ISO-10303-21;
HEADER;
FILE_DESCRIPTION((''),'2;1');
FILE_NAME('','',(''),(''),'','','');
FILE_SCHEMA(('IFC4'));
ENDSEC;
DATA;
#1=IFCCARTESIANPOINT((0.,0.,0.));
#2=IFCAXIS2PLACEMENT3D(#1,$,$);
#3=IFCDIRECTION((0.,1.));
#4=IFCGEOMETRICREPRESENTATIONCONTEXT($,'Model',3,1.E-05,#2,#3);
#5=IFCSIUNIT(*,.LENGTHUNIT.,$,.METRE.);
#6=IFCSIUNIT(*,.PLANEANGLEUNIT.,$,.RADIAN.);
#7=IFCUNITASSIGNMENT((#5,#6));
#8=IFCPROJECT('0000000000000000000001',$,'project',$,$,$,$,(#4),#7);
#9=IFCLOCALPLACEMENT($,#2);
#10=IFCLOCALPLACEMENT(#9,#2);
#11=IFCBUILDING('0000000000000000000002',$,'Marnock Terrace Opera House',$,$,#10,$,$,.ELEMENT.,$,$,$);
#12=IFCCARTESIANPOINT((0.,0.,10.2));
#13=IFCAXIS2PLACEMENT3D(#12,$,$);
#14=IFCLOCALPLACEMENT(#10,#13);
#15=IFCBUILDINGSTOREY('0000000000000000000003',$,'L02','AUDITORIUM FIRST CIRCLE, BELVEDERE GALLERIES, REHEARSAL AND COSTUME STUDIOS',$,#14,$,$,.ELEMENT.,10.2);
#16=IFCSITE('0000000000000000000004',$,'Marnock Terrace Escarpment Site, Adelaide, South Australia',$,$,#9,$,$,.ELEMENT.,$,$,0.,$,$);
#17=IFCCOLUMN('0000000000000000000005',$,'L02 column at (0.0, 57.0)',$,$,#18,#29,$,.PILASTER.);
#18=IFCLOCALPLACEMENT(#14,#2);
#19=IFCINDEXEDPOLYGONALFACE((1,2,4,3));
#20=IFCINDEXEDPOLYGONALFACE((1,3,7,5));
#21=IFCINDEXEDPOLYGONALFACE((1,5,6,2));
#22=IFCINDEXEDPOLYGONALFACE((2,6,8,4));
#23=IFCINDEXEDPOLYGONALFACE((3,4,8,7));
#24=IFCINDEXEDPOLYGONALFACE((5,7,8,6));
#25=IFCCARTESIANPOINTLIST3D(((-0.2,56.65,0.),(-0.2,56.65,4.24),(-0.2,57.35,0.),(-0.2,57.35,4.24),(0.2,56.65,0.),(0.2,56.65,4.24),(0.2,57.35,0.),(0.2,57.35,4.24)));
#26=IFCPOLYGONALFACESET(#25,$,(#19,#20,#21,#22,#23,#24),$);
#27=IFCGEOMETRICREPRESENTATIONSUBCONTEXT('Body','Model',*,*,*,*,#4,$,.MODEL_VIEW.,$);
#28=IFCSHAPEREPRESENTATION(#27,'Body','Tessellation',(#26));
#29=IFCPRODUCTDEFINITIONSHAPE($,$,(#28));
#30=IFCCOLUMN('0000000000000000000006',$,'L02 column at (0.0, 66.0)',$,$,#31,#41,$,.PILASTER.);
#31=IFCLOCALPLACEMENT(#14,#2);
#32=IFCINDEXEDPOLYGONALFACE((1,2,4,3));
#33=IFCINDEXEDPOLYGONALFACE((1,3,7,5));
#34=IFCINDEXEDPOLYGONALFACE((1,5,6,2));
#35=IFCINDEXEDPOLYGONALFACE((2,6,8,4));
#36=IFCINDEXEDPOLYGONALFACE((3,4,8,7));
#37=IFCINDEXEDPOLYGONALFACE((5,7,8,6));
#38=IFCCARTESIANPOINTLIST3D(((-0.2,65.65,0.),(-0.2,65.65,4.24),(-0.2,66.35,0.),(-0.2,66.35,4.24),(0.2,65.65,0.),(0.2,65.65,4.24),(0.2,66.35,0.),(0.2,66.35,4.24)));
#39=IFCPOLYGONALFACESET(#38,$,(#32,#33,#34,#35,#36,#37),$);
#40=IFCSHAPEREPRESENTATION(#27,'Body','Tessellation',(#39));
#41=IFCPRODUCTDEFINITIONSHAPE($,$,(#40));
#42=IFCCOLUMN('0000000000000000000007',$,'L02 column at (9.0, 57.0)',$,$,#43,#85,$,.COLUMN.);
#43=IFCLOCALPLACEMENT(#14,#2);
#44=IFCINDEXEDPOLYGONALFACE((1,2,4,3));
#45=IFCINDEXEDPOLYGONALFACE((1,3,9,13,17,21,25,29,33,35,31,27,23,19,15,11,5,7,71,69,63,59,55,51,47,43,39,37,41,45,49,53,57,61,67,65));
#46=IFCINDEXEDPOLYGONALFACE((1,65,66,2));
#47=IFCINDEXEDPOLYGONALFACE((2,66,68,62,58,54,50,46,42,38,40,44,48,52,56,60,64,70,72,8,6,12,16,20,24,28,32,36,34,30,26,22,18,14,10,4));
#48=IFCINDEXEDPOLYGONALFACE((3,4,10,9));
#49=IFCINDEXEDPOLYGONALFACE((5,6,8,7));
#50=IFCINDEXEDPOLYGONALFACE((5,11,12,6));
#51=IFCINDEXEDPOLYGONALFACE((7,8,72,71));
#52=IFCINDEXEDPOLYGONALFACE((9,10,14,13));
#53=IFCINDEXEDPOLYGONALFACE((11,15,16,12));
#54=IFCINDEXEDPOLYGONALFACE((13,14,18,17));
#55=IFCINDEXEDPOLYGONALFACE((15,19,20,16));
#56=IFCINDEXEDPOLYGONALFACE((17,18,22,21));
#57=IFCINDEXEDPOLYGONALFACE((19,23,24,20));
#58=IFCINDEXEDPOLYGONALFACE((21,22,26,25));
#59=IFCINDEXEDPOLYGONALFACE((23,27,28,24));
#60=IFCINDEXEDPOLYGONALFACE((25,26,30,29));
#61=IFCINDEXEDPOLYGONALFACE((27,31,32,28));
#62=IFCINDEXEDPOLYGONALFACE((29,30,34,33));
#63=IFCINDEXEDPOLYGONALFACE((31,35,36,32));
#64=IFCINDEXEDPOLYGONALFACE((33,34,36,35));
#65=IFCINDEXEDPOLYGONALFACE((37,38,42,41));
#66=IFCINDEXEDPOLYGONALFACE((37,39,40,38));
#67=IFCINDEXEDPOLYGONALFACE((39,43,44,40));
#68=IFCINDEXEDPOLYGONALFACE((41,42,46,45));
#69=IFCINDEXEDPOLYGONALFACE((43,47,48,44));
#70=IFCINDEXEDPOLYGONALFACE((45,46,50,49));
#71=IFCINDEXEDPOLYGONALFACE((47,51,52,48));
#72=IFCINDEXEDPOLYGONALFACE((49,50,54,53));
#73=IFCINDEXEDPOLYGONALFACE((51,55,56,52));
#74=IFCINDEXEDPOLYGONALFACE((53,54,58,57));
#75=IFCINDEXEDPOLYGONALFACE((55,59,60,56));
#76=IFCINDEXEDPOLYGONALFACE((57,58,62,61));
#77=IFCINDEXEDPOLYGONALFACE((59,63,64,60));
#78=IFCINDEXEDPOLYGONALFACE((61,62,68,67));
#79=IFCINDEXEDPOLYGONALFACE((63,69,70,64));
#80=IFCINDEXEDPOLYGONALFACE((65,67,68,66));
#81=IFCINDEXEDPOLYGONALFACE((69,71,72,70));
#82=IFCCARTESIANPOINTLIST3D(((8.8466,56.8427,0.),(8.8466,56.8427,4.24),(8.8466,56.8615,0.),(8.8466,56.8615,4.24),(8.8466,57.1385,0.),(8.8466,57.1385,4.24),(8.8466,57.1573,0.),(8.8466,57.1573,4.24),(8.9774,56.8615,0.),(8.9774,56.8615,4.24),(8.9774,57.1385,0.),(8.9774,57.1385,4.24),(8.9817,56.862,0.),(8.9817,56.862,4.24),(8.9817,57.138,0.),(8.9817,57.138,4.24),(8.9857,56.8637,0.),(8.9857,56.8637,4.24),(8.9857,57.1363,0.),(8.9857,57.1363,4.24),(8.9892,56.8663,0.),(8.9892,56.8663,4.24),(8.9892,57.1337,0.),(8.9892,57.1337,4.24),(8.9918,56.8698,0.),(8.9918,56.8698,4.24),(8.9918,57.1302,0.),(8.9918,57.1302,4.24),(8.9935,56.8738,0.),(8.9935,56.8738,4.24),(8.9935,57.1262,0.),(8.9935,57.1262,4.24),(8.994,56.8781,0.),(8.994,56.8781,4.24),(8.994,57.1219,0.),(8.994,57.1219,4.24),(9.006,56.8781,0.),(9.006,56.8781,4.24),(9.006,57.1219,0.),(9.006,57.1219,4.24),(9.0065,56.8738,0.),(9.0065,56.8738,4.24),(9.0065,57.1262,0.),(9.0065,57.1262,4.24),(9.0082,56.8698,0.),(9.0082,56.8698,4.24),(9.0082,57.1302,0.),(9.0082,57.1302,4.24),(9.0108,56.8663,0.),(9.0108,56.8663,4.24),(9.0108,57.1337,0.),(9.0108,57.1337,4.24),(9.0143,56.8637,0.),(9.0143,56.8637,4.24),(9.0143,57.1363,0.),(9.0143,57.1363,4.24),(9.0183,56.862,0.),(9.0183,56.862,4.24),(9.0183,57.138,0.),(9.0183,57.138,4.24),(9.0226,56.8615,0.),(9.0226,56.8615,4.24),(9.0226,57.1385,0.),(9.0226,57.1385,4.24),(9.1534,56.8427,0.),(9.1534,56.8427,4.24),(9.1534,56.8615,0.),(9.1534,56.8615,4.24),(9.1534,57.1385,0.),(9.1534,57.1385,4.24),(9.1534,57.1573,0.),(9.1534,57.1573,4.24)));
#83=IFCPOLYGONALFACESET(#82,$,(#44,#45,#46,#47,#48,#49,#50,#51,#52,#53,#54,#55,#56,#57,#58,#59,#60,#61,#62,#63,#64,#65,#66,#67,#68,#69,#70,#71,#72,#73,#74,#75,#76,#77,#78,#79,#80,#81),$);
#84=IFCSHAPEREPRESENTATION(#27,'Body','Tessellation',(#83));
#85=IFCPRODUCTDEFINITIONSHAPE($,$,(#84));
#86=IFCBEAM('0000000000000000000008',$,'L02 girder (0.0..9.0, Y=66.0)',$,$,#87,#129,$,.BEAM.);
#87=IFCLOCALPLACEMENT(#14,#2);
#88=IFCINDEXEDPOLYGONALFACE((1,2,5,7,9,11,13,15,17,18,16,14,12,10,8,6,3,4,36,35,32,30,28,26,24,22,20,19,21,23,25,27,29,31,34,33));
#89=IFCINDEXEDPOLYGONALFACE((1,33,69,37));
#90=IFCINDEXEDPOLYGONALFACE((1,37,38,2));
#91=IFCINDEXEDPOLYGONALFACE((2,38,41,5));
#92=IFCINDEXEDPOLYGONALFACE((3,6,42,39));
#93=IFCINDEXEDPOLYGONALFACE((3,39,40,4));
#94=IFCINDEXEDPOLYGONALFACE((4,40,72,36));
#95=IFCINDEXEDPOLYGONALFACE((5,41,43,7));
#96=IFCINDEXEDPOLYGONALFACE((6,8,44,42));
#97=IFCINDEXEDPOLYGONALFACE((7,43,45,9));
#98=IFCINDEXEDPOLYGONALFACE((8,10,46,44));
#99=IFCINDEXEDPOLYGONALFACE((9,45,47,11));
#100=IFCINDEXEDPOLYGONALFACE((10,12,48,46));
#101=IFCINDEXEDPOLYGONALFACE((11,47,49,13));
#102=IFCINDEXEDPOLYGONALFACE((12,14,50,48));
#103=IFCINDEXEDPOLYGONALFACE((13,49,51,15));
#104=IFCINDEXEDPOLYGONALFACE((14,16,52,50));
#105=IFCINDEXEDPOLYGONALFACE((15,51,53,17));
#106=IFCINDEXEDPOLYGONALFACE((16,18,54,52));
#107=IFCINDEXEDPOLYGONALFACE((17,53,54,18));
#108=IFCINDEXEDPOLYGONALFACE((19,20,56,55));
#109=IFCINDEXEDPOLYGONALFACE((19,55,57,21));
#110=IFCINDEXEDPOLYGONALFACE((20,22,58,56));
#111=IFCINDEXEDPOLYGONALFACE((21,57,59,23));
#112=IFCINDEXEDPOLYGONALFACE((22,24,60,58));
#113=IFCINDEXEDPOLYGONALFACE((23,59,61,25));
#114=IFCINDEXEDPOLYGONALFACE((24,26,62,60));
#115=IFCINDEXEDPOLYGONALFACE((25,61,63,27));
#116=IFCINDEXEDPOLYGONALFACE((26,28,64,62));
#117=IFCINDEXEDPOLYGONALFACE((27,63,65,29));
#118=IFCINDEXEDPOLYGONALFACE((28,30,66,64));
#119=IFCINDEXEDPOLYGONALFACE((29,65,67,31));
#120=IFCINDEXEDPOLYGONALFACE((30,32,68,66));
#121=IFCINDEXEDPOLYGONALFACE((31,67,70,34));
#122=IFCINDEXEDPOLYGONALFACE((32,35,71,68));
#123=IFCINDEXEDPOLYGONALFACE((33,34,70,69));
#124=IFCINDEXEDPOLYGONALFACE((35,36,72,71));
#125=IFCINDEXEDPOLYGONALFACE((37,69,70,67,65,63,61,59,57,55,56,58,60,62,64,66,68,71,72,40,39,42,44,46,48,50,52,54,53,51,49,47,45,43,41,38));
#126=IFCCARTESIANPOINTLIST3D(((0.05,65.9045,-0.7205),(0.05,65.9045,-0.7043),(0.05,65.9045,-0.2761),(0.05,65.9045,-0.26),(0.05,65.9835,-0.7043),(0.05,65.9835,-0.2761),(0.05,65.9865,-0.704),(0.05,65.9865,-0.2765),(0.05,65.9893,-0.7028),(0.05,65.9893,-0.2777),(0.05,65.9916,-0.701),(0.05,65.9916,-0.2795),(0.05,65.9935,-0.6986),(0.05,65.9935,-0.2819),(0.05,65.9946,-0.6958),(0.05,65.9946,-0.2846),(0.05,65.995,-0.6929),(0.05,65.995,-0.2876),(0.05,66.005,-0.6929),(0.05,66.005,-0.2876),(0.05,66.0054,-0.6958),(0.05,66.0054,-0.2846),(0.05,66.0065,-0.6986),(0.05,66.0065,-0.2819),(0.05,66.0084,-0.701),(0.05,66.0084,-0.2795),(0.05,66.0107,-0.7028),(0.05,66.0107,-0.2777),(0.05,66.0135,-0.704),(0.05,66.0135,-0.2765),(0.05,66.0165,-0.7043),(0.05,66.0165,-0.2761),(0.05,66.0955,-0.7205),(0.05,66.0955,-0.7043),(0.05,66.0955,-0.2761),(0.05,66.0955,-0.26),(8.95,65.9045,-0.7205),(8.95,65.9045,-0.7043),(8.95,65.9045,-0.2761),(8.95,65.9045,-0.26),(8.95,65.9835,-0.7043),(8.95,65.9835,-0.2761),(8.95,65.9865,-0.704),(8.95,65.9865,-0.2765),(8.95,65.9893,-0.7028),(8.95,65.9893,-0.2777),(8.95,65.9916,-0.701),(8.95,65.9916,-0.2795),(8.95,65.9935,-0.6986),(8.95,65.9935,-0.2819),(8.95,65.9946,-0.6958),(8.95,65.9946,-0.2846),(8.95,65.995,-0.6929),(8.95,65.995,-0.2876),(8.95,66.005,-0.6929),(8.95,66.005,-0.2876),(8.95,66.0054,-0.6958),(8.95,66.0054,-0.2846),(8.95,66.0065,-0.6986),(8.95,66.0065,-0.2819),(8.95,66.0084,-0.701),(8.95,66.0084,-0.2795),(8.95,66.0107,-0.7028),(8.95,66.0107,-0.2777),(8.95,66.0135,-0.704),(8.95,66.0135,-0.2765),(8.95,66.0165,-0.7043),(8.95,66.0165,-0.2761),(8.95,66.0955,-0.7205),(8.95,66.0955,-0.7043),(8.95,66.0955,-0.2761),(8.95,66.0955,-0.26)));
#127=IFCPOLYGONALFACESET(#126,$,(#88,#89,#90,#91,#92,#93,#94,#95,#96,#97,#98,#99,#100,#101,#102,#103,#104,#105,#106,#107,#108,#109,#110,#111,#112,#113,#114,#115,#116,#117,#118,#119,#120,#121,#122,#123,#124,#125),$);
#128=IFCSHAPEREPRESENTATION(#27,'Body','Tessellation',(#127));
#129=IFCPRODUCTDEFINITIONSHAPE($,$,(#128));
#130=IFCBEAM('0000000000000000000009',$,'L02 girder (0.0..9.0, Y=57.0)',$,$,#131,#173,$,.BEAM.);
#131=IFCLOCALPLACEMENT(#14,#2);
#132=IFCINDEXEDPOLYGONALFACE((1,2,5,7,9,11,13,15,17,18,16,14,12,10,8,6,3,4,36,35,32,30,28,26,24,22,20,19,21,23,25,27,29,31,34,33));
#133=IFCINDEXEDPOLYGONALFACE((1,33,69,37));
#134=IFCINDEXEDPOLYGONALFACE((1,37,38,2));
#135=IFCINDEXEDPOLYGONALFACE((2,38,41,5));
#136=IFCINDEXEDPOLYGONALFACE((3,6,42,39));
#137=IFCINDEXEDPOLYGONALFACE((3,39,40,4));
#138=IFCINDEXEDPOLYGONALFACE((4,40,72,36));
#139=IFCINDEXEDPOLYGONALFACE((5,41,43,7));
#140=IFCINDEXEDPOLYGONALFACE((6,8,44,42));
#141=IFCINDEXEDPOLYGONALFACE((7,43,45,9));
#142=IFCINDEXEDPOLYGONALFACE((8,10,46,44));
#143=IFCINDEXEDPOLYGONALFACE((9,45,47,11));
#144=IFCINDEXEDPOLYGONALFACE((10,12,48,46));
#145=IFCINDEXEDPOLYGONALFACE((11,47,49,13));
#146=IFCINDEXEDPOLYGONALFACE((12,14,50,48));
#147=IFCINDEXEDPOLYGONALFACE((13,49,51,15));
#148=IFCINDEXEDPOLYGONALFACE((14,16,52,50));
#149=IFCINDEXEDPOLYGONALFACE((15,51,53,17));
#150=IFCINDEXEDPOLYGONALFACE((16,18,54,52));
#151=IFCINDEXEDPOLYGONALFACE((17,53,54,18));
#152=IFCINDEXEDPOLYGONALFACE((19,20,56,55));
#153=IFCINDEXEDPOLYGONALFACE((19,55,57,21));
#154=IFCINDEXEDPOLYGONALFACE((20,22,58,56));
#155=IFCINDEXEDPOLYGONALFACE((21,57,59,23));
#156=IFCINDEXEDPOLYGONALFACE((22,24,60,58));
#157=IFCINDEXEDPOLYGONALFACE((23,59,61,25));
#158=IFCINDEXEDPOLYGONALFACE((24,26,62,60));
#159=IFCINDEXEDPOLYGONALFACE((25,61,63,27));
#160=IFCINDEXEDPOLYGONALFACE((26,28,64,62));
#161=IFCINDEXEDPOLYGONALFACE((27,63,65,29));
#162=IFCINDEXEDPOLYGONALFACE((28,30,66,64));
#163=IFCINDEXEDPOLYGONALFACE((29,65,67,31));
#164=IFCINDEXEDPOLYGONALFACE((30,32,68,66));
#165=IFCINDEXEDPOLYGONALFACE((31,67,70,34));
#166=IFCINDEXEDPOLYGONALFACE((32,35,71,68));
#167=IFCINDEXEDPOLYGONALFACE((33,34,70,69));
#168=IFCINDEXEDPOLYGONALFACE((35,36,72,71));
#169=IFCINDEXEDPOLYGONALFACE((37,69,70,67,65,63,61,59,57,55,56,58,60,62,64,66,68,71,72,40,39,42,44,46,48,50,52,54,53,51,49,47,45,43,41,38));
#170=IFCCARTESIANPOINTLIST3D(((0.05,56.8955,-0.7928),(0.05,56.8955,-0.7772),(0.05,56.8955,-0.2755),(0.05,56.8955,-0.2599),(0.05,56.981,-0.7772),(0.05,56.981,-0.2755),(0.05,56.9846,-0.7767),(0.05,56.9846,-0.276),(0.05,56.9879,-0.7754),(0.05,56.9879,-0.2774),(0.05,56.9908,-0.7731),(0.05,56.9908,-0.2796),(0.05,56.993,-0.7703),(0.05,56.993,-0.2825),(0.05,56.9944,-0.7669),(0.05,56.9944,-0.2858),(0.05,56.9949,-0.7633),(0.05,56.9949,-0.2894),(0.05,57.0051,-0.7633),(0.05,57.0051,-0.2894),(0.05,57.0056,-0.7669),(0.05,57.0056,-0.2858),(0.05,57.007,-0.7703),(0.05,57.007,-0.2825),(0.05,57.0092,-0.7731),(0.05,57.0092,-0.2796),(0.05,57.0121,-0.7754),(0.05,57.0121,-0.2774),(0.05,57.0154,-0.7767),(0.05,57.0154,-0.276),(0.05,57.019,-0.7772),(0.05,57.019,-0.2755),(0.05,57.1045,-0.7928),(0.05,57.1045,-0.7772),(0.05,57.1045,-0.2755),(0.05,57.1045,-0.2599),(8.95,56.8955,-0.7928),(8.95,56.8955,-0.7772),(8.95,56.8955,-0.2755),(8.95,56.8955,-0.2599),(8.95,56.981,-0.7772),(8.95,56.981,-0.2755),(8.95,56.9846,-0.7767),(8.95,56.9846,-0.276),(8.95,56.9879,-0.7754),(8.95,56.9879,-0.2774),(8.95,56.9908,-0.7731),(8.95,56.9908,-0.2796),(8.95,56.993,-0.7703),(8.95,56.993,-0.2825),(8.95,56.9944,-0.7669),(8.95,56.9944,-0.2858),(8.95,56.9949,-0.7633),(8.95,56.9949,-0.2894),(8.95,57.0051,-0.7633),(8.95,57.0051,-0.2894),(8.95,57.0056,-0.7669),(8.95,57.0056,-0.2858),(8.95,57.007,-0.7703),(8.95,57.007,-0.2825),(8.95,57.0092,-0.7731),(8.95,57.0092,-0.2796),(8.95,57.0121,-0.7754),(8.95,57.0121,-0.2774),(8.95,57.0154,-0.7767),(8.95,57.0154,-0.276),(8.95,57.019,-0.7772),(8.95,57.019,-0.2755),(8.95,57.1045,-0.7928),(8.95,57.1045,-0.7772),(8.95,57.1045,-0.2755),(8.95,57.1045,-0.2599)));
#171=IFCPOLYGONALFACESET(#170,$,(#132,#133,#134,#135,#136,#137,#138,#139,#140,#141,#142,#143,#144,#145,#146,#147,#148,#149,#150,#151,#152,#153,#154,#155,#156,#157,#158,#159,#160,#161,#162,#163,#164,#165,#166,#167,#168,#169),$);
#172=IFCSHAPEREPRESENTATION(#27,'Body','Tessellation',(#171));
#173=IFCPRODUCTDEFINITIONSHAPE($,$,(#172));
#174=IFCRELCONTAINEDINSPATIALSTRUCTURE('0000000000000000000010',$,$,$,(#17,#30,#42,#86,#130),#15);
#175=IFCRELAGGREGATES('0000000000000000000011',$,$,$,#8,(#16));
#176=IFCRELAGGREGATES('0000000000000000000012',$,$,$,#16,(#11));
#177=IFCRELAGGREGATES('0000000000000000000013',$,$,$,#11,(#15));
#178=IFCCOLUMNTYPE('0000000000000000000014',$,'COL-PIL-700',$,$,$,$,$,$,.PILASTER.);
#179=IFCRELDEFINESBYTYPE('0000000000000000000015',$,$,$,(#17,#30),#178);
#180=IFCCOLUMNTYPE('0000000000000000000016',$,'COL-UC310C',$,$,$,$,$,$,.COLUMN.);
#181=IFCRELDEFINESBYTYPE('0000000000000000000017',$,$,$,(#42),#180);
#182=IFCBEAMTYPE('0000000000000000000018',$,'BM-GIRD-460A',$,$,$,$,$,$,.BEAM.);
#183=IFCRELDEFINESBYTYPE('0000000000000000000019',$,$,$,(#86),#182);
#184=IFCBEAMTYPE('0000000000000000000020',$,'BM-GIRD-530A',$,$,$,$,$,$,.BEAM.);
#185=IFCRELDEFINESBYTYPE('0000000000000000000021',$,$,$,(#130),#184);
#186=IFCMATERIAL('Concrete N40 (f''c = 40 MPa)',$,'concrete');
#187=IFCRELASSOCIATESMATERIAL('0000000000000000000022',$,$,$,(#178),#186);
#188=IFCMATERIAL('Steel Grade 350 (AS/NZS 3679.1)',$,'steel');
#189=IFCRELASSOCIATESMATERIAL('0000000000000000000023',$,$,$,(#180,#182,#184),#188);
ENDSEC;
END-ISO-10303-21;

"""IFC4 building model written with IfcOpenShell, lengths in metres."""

from ifc_helpers import new_model, si_unit, direction, frame, origin, origin_2d, place, context, subcontext, project, spatial, rectangle, i_section, extrude, material, material_profile, profile_set, type_object, element, save


model = new_model("IFC4")

# Units and contexts
model_context = context("Model", 3, precision=1e-05, world=origin(), true_north=direction((0.0, 1.0)))
body_context = subcontext(model_context, "Body", "Model", "MODEL_VIEW")
ifc_project = project(units=[si_unit("LENGTHUNIT", "METRE"), si_unit("PLANEANGLEUNIT", "RADIAN")], contexts=[model_context])

# Site, building, storey
site_placement = place(None, origin())
site = spatial("IfcSite", under=ifc_project, at=site_placement, Name="Marnock Terrace Escarpment Site, Adelaide, South Australia", CompositionType="ELEMENT", RefElevation=0.0)
building_placement = place(site_placement, origin())
building = spatial("IfcBuilding", under=site, at=building_placement, Name="Marnock Terrace Opera House", CompositionType="ELEMENT")
storey_placement = place(building_placement, frame((0.0, 0.0, 10.2)))
storey = spatial("IfcBuildingStorey", under=building, at=storey_placement, Name="L02", Description="AUDITORIUM FIRST CIRCLE, BELVEDERE GALLERIES, REHEARSAL AND COSTUME STUDIOS", CompositionType="ELEMENT", Elevation=10.2)

# Columns
ifc_material_1 = material(Name="Concrete N40 (f'c = 40 MPa)", Category="concrete")
ifc_material_profile_1 = material_profile(ifc_material_1, rectangle(XDim=0.3999, YDim=0.7, at=origin_2d()))
ifc_profile_set_1 = profile_set([ifc_material_profile_1], Name="Concrete N40 (f'c = 40 MPa)")
column_type_1 = type_object("IfcColumnType", Name="COL-PIL-700", PredefinedType="PILASTER", material=ifc_profile_set_1)
for number, where, z_axis, x_axis, name in (
    (1, (0.0, 57.0, 0.0), (0.0, 0.0, 1.0), (1.0, 0.0, 0.0), "L02 column at (0.0, 57.0)"),
    (2, (0.0, 66.0, 0.0), (0.0, 0.0, 1.0), (1.0, 0.0, 0.0), "L02 column at (0.0, 66.0)"),
):
    element("IfcColumn", number, at=place(storey_placement, frame(where, z_axis=z_axis, x_axis=x_axis)), inside=storey, type_object=column_type_1, Name=name, PredefinedType="PILASTER", context=body_context, shape_type="SweptSolid", body=[
        extrude(rectangle(XDim=0.3999, YDim=0.7, at=origin_2d()), origin(), (0.0, 0.0, 1.0), 4.24),
    ])
ifc_material_2 = material(Name="Steel Grade 350 (AS/NZS 3679.1)", Category="steel")
ifc_material_profile_2 = material_profile(ifc_material_2, i_section(OverallWidth=0.3069, OverallDepth=0.3147, WebThickness=0.012, FlangeThickness=0.0188, FilletRadius=0.0166, at=origin_2d()))
ifc_profile_set_2 = profile_set([ifc_material_profile_2], Name="Steel Grade 350 (AS/NZS 3679.1)")
column_type_2 = type_object("IfcColumnType", Name="COL-UC310C", PredefinedType="COLUMN", material=ifc_profile_set_2)
column_placement = place(storey_placement, frame((9.0, 57.0, 0.0), z_axis=(0.0, 0.0, 1.0), x_axis=(1.0, 0.0, 0.0)))
element("IfcColumn", 3, at=column_placement, inside=storey, type_object=column_type_2, Name="L02 column at (9.0, 57.0)", PredefinedType="COLUMN", context=body_context, shape_type="SweptSolid", body=[
    extrude(i_section(OverallWidth=0.3069, OverallDepth=0.3147, WebThickness=0.012, FlangeThickness=0.0188, FilletRadius=0.0166, at=origin_2d()), origin(), (0.0, 0.0, 1.0), 4.24),
])

# Beams
ifc_material_profile_3 = material_profile(ifc_material_2, i_section(OverallWidth=0.1909, OverallDepth=0.4604, WebThickness=0.01, FlangeThickness=0.0161, FilletRadius=0.0115, at=origin_2d()))
ifc_profile_set_3 = profile_set([ifc_material_profile_3], Name="Steel Grade 350 (AS/NZS 3679.1)")
beam_type_1 = type_object("IfcBeamType", Name="BM-GIRD-460A", PredefinedType="BEAM", material=ifc_profile_set_3)
beam_1_placement = place(storey_placement, frame((0.05, 66.0, -0.4902), z_axis=(1.0, 0.0, 0.0), x_axis=(0.0, 1.0, 0.0)))
element("IfcBeam", 4, at=beam_1_placement, inside=storey, type_object=beam_type_1, Name="L02 girder (0.0..9.0, Y=66.0)", PredefinedType="BEAM", context=body_context, shape_type="SweptSolid", body=[
    extrude(i_section(OverallWidth=0.1909, OverallDepth=0.4604, WebThickness=0.01, FlangeThickness=0.0161, FilletRadius=0.0115, at=origin_2d()), origin(), (0.0, 0.0, 1.0), 8.8999),
])
ifc_material_profile_4 = material_profile(ifc_material_2, i_section(OverallWidth=0.209, OverallDepth=0.533, WebThickness=0.0103, FlangeThickness=0.0156, FilletRadius=0.0139, at=origin_2d()))
ifc_profile_set_4 = profile_set([ifc_material_profile_4], Name="Steel Grade 350 (AS/NZS 3679.1)")
beam_type_2 = type_object("IfcBeamType", Name="BM-GIRD-530A", PredefinedType="BEAM", material=ifc_profile_set_4)
beam_2_placement = place(storey_placement, frame((0.05, 57.0, -0.5264), z_axis=(1.0, 0.0, 0.0), x_axis=(0.0, 1.0, 0.0)))
element("IfcBeam", 5, at=beam_2_placement, inside=storey, type_object=beam_type_2, Name="L02 girder (0.0..9.0, Y=57.0)", PredefinedType="BEAM", context=body_context, shape_type="SweptSolid", body=[
    extrude(i_section(OverallWidth=0.209, OverallDepth=0.533, WebThickness=0.0103, FlangeThickness=0.0156, FilletRadius=0.0139, at=origin_2d()), origin(), (0.0, 0.0, 1.0), 8.8999),
])

save(model, "model.ifc")
